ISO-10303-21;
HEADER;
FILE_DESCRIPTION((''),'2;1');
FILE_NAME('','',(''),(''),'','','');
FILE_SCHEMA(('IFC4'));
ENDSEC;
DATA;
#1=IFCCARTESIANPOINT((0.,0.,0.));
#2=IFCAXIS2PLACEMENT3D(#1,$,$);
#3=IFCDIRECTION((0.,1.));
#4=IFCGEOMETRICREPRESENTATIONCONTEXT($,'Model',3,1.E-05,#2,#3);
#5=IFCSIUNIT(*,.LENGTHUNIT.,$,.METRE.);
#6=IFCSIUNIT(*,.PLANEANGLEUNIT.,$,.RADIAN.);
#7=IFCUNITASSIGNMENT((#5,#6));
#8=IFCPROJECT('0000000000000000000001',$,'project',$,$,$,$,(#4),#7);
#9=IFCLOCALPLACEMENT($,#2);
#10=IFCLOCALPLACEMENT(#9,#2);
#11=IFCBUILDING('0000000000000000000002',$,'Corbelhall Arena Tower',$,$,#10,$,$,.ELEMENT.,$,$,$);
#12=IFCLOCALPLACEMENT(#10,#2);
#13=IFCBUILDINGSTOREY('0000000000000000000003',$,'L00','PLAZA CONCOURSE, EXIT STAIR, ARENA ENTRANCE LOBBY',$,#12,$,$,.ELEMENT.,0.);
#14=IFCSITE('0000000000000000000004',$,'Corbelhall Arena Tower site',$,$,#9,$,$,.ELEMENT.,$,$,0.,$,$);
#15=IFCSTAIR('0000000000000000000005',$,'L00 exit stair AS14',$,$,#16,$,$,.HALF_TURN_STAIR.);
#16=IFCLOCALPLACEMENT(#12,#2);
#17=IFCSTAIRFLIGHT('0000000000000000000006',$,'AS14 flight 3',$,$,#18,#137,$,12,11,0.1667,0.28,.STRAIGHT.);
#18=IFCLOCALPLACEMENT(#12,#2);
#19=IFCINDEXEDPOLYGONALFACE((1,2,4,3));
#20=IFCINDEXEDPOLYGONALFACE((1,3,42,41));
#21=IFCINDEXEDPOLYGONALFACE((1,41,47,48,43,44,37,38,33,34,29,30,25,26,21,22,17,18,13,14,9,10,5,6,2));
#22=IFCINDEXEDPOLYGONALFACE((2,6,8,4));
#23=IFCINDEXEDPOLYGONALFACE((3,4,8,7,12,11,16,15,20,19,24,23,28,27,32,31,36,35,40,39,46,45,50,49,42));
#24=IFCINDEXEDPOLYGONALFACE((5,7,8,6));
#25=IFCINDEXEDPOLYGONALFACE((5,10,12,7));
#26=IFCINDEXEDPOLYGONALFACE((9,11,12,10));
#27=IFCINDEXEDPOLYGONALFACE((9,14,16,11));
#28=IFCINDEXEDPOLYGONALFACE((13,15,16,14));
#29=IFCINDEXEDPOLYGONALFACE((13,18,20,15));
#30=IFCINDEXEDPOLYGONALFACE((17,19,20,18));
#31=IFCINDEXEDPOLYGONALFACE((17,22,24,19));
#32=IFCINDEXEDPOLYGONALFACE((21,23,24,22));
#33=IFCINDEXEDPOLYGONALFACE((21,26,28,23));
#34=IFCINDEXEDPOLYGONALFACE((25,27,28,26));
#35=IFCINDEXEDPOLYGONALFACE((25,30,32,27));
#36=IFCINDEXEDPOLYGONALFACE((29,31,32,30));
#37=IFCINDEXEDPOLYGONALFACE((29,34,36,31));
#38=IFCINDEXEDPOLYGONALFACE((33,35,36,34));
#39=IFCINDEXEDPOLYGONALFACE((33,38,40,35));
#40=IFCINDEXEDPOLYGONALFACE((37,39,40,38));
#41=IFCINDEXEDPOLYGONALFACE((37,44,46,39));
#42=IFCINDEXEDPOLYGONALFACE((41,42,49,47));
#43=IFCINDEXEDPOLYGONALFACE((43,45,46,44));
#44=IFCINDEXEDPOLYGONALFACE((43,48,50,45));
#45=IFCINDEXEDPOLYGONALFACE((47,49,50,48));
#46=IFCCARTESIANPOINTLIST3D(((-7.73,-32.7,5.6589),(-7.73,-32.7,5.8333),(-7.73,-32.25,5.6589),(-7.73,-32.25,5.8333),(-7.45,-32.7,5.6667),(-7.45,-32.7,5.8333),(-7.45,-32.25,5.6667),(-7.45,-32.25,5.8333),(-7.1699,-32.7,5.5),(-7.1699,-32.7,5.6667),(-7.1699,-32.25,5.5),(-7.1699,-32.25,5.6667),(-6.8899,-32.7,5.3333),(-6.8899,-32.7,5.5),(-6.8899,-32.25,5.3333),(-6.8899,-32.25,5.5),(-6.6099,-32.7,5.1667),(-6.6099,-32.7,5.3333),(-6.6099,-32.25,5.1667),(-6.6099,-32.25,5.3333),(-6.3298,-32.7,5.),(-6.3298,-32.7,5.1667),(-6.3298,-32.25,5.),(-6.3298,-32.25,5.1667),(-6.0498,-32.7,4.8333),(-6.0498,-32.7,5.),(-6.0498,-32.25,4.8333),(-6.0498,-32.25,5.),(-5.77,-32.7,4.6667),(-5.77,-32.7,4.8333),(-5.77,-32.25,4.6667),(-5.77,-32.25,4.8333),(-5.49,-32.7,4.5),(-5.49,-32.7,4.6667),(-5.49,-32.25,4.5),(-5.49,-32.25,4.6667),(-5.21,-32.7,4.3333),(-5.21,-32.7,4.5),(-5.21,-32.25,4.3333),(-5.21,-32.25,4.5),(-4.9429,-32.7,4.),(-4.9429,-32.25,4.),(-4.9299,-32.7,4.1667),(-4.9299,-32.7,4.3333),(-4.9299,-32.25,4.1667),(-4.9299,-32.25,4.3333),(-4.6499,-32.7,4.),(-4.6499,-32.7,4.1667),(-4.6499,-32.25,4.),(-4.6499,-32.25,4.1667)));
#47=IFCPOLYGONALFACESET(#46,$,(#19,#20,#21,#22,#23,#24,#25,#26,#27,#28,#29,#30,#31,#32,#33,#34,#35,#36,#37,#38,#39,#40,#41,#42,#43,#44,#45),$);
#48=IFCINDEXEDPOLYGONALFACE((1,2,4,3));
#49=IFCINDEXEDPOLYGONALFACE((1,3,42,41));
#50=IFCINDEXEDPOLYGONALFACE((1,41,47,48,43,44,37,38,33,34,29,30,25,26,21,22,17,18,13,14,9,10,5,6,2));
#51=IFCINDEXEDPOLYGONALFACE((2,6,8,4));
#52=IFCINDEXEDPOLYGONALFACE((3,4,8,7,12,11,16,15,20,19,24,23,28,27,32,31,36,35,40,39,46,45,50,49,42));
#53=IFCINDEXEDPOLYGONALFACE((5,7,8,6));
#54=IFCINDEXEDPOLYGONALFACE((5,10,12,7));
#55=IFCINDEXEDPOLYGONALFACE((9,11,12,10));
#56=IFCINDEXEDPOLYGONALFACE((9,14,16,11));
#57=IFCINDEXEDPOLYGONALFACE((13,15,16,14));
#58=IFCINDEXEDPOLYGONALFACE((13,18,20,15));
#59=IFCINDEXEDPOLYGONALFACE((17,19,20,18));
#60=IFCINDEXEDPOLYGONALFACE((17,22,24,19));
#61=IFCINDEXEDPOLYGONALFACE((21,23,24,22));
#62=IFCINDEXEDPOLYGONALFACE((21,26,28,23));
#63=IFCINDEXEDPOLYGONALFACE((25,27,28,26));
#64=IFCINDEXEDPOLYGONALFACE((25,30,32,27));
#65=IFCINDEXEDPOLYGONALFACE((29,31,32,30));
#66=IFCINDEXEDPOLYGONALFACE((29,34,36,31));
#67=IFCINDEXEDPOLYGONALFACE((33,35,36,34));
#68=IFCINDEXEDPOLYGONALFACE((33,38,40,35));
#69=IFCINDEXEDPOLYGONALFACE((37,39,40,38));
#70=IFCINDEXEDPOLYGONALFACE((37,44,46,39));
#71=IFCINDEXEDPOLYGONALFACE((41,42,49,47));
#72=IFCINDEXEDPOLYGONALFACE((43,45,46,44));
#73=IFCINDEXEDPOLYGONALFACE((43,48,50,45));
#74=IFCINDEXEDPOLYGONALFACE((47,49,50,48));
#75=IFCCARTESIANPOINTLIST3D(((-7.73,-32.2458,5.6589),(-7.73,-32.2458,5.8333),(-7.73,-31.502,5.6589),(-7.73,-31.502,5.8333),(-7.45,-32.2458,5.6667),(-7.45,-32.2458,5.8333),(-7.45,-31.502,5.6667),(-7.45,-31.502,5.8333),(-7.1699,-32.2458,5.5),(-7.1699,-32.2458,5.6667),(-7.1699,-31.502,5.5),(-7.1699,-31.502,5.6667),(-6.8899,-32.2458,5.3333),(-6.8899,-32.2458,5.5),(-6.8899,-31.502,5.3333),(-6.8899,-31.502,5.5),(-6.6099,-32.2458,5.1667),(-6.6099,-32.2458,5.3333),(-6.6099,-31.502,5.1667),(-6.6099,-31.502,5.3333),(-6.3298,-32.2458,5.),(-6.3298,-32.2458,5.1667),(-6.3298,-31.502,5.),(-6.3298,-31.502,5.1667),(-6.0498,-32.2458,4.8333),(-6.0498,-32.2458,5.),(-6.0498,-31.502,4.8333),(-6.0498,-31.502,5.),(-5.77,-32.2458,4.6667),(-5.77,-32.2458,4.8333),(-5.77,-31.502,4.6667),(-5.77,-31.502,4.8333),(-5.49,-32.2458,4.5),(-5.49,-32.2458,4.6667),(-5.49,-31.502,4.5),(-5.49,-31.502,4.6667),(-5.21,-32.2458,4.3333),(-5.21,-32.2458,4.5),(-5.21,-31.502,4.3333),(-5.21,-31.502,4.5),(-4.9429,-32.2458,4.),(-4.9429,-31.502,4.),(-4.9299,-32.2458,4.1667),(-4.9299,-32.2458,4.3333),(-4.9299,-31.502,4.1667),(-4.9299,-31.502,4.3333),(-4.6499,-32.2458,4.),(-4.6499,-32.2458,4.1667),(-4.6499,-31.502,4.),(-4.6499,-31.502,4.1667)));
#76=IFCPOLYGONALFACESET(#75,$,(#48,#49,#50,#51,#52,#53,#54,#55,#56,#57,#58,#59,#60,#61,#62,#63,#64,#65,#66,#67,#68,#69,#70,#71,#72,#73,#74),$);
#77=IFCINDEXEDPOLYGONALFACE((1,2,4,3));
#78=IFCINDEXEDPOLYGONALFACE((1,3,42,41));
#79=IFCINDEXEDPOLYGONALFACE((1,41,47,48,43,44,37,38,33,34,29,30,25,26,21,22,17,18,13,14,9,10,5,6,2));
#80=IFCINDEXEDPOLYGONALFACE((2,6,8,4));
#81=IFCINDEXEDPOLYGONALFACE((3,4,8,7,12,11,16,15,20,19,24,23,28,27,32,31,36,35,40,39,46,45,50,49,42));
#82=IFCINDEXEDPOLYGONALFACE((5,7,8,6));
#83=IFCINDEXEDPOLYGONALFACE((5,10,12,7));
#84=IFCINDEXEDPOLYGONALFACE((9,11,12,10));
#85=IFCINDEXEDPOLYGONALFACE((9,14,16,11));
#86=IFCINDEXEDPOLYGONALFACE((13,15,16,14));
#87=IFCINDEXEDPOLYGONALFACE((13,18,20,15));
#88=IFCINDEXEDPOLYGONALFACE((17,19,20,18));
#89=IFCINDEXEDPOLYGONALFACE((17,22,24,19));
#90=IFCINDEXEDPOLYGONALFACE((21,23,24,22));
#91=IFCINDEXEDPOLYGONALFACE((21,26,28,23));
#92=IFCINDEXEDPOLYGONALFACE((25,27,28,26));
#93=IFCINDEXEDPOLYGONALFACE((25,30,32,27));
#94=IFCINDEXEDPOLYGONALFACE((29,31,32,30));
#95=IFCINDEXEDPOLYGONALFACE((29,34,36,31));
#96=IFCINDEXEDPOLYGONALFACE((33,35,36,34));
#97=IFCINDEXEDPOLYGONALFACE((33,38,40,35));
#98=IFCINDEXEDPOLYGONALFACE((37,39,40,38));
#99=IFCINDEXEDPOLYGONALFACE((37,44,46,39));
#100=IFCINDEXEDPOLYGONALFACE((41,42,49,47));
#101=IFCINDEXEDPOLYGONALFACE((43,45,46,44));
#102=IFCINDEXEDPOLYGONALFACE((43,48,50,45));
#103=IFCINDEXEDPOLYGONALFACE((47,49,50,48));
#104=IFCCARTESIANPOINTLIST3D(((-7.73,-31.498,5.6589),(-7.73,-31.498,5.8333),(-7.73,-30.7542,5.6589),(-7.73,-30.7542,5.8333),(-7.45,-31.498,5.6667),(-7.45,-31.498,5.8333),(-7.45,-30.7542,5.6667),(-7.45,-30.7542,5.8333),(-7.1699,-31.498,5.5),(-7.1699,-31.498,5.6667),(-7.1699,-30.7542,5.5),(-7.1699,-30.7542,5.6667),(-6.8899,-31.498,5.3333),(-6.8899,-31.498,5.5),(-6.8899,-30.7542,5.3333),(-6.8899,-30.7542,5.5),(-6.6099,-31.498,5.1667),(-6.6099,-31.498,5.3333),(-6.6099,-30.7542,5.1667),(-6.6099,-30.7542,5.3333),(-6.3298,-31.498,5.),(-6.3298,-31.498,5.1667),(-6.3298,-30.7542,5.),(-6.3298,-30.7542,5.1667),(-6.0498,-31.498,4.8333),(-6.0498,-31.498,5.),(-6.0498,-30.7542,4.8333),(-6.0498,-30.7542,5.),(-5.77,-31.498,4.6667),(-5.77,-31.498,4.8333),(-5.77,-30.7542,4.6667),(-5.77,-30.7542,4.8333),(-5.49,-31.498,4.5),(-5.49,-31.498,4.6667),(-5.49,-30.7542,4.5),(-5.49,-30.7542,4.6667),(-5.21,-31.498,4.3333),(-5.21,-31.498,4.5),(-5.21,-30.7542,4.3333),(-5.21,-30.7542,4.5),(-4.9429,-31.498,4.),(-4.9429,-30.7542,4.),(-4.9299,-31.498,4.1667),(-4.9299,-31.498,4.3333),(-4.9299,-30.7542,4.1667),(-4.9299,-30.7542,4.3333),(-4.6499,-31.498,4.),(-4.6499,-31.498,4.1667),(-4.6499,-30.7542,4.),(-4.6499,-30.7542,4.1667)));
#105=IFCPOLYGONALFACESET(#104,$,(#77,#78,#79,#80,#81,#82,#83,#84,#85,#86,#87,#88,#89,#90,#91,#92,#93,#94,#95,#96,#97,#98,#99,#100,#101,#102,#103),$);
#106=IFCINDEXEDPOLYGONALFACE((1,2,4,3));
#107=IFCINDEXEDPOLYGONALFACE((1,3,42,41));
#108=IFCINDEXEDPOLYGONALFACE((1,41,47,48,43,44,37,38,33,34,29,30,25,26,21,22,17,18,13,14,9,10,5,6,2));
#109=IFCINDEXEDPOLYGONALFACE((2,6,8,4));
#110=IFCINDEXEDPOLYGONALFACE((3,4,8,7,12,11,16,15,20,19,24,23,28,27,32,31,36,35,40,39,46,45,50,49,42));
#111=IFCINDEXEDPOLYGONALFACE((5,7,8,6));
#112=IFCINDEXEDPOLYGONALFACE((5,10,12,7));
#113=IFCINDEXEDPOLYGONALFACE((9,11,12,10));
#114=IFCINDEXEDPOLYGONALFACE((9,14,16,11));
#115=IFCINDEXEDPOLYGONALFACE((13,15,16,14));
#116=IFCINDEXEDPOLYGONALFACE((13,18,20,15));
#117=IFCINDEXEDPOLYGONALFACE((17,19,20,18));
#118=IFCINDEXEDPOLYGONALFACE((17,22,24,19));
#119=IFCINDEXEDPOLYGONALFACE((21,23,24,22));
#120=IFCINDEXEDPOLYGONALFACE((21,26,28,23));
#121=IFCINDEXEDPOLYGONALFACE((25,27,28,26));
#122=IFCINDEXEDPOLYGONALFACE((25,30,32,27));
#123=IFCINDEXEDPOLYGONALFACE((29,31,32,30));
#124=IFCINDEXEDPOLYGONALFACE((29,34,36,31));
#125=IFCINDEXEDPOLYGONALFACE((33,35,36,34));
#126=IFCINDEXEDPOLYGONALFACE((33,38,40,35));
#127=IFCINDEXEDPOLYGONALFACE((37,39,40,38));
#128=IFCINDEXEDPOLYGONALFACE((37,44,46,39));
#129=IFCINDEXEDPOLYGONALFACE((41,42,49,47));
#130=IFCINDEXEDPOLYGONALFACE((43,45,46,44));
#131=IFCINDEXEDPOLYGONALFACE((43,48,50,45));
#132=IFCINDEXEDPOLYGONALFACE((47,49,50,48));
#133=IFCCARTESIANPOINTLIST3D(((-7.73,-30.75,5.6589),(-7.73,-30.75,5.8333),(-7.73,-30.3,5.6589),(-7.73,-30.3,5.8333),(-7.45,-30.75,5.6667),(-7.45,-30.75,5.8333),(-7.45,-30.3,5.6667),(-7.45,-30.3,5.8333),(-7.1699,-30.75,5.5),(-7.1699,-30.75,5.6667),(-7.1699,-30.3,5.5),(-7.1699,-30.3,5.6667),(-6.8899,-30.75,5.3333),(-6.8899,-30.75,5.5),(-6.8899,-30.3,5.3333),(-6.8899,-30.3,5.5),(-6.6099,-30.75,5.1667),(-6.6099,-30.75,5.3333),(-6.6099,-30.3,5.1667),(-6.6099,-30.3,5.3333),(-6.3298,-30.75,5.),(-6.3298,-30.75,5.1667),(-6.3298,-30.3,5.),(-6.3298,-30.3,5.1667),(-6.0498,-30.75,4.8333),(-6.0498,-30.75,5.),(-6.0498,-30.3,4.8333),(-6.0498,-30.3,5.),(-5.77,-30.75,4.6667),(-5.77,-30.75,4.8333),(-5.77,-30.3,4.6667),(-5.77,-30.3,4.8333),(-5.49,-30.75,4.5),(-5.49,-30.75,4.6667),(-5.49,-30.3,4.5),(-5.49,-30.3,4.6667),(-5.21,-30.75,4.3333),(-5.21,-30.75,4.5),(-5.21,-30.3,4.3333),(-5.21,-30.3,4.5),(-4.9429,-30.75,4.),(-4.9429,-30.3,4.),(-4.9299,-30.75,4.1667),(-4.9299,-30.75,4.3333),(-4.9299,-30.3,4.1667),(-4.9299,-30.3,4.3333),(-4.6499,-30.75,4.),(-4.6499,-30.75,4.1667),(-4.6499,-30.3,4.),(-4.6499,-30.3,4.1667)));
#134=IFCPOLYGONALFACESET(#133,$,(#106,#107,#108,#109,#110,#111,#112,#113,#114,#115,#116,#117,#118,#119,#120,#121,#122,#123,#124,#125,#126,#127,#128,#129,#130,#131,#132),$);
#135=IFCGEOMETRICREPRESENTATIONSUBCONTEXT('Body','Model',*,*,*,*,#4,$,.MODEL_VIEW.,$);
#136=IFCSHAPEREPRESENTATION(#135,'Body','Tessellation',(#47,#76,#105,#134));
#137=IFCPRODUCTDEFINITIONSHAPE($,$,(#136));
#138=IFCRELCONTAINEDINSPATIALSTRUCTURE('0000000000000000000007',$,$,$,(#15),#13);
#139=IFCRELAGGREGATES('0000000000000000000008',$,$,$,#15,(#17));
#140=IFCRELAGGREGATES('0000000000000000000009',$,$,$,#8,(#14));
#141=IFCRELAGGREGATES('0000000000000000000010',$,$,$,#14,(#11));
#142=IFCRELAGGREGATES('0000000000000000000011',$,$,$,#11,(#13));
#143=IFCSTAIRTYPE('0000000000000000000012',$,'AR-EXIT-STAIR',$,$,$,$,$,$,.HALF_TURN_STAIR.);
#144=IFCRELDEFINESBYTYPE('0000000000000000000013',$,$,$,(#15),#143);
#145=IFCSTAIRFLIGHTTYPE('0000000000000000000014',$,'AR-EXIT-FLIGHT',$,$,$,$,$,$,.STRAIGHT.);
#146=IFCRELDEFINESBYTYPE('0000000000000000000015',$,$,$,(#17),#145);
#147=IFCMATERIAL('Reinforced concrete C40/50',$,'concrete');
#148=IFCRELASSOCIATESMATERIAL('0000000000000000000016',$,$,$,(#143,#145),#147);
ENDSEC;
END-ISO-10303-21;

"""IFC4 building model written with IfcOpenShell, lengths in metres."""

from ifc_helpers import new_model, si_unit, direction, frame, origin, place, context, subcontext, project, spatial, polyline, outline, extrude, material, type_object, element, aggregate, save


model = new_model("IFC4")

# Units and contexts
model_context = context("Model", 3, precision=1e-05, world=origin(), true_north=direction((0.0, 1.0)))
body_context = subcontext(model_context, "Body", "Model", "MODEL_VIEW")
ifc_project = project(units=[si_unit("LENGTHUNIT", "METRE"), si_unit("PLANEANGLEUNIT", "RADIAN")], contexts=[model_context])

# Site, building, storey
site_placement = place(None, origin())
site = spatial("IfcSite", under=ifc_project, at=site_placement, Name="Corbelhall Arena Tower site", CompositionType="ELEMENT", RefElevation=0.0)
building_placement = place(site_placement, origin())
building = spatial("IfcBuilding", under=site, at=building_placement, Name="Corbelhall Arena Tower", CompositionType="ELEMENT")
storey_placement = place(building_placement, origin())
storey = spatial("IfcBuildingStorey", under=building, at=storey_placement, Name="L00", Description="PLAZA CONCOURSE, EXIT STAIR, ARENA ENTRANCE LOBBY", CompositionType="ELEMENT", Elevation=0.0)

# Shared definitions
ifc_material_1 = material(Name="Reinforced concrete C40/50", Category="concrete")

# Stair, stair flight
stair_type = type_object("IfcStairType", Name="AR-EXIT-STAIR", PredefinedType="HALF_TURN_STAIR", material=ifc_material_1)
stair_placement = place(storey_placement, origin())
stair = element("IfcStair", 1, at=stair_placement, inside=storey, type_object=stair_type, Name="L00 exit stair AS14", PredefinedType="HALF_TURN_STAIR")
stair_flight_type = type_object("IfcStairFlightType", Name="AR-EXIT-FLIGHT", PredefinedType="STRAIGHT", material=ifc_material_1)
stair_flight_1_placement = place(storey_placement, frame((-4.6499, -31.5, 4.0), z_axis=(0.0, 0.0, 1.0), x_axis=(-1.0, 0.0, 0.0)))
stair_flight_1 = element("IfcStairFlight", 2, at=stair_flight_1_placement, type_object=stair_flight_type, Name="AS14 flight 3", NumberOfRisers=12, NumberOfTreads=11, PredefinedType="STRAIGHT", RiserHeight=0.1667, TreadLength=0.28, context=body_context, shape_type="SweptSolid", body=[
    extrude(outline(polyline([(0.0, 0.0), (0.0, 0.1667), (0.28, 0.1667), (0.28, 0.3333), (0.5601, 0.3333), (0.5601, 0.5), (0.8401, 0.5), (0.8401, 0.6667), (1.1201, 0.6667), (1.1201, 0.8333), (1.3999, 0.8333), (1.3999, 1.0), (1.6799, 1.0), (1.6799, 1.1667), (1.96, 1.1667), (1.96, 1.3333), (2.24, 1.3333), (2.24, 1.5), (2.52, 1.5), (2.52, 1.6667), (2.8, 1.6667), (2.8, 1.8333), (3.0801, 1.8333), (3.0801, 2.0), (3.0801, 1.6589), (0.293, 0.0), (0.0, 0.0)])), frame((0.0, 1.2, 0.0), z_axis=(0.0, -1.0, 0.0), x_axis=(1.0, 0.0, 0.0)), (0.0, 0.0, 1.0), 0.45),
    extrude(outline(polyline([(0.0, 0.0), (0.0, 0.1667), (0.28, 0.1667), (0.28, 0.3333), (0.5601, 0.3333), (0.5601, 0.5), (0.8401, 0.5), (0.8401, 0.6667), (1.1201, 0.6667), (1.1201, 0.8333), (1.3999, 0.8333), (1.3999, 1.0), (1.6799, 1.0), (1.6799, 1.1667), (1.96, 1.1667), (1.96, 1.3333), (2.24, 1.3333), (2.24, 1.5), (2.52, 1.5), (2.52, 1.6667), (2.8, 1.6667), (2.8, 1.8333), (3.0801, 1.8333), (3.0801, 2.0), (3.0801, 1.6589), (0.293, 0.0), (0.0, 0.0)])), frame((0.0, 0.7458, 0.0), z_axis=(0.0, -1.0, 0.0), x_axis=(1.0, 0.0, 0.0)), (0.0, 0.0, 1.0), 0.7439),
    extrude(outline(polyline([(0.0, 0.0), (0.0, 0.1667), (0.28, 0.1667), (0.28, 0.3333), (0.5601, 0.3333), (0.5601, 0.5), (0.8401, 0.5), (0.8401, 0.6667), (1.1201, 0.6667), (1.1201, 0.8333), (1.3999, 0.8333), (1.3999, 1.0), (1.6799, 1.0), (1.6799, 1.1667), (1.96, 1.1667), (1.96, 1.3333), (2.24, 1.3333), (2.24, 1.5), (2.52, 1.5), (2.52, 1.6667), (2.8, 1.6667), (2.8, 1.8333), (3.0801, 1.8333), (3.0801, 2.0), (3.0801, 1.6589), (0.293, 0.0), (0.0, 0.0)])), frame((0.0, -0.002, 0.0), z_axis=(0.0, -1.0, 0.0), x_axis=(1.0, 0.0, 0.0)), (0.0, 0.0, 1.0), 0.7439),
    extrude(outline(polyline([(0.0, 0.0), (0.0, 0.1667), (0.28, 0.1667), (0.28, 0.3333), (0.5601, 0.3333), (0.5601, 0.5), (0.8401, 0.5), (0.8401, 0.6667), (1.1201, 0.6667), (1.1201, 0.8333), (1.3999, 0.8333), (1.3999, 1.0), (1.6799, 1.0), (1.6799, 1.1667), (1.96, 1.1667), (1.96, 1.3333), (2.24, 1.3333), (2.24, 1.5), (2.52, 1.5), (2.52, 1.6667), (2.8, 1.6667), (2.8, 1.8333), (3.0801, 1.8333), (3.0801, 2.0), (3.0801, 1.6589), (0.293, 0.0), (0.0, 0.0)])), frame((0.0, -0.75, 0.0), z_axis=(0.0, -1.0, 0.0), x_axis=(1.0, 0.0, 0.0)), (0.0, 0.0, 1.0), 0.45),
])
aggregate(stair, [stair_flight_1])

save(model, "model.ifc")
